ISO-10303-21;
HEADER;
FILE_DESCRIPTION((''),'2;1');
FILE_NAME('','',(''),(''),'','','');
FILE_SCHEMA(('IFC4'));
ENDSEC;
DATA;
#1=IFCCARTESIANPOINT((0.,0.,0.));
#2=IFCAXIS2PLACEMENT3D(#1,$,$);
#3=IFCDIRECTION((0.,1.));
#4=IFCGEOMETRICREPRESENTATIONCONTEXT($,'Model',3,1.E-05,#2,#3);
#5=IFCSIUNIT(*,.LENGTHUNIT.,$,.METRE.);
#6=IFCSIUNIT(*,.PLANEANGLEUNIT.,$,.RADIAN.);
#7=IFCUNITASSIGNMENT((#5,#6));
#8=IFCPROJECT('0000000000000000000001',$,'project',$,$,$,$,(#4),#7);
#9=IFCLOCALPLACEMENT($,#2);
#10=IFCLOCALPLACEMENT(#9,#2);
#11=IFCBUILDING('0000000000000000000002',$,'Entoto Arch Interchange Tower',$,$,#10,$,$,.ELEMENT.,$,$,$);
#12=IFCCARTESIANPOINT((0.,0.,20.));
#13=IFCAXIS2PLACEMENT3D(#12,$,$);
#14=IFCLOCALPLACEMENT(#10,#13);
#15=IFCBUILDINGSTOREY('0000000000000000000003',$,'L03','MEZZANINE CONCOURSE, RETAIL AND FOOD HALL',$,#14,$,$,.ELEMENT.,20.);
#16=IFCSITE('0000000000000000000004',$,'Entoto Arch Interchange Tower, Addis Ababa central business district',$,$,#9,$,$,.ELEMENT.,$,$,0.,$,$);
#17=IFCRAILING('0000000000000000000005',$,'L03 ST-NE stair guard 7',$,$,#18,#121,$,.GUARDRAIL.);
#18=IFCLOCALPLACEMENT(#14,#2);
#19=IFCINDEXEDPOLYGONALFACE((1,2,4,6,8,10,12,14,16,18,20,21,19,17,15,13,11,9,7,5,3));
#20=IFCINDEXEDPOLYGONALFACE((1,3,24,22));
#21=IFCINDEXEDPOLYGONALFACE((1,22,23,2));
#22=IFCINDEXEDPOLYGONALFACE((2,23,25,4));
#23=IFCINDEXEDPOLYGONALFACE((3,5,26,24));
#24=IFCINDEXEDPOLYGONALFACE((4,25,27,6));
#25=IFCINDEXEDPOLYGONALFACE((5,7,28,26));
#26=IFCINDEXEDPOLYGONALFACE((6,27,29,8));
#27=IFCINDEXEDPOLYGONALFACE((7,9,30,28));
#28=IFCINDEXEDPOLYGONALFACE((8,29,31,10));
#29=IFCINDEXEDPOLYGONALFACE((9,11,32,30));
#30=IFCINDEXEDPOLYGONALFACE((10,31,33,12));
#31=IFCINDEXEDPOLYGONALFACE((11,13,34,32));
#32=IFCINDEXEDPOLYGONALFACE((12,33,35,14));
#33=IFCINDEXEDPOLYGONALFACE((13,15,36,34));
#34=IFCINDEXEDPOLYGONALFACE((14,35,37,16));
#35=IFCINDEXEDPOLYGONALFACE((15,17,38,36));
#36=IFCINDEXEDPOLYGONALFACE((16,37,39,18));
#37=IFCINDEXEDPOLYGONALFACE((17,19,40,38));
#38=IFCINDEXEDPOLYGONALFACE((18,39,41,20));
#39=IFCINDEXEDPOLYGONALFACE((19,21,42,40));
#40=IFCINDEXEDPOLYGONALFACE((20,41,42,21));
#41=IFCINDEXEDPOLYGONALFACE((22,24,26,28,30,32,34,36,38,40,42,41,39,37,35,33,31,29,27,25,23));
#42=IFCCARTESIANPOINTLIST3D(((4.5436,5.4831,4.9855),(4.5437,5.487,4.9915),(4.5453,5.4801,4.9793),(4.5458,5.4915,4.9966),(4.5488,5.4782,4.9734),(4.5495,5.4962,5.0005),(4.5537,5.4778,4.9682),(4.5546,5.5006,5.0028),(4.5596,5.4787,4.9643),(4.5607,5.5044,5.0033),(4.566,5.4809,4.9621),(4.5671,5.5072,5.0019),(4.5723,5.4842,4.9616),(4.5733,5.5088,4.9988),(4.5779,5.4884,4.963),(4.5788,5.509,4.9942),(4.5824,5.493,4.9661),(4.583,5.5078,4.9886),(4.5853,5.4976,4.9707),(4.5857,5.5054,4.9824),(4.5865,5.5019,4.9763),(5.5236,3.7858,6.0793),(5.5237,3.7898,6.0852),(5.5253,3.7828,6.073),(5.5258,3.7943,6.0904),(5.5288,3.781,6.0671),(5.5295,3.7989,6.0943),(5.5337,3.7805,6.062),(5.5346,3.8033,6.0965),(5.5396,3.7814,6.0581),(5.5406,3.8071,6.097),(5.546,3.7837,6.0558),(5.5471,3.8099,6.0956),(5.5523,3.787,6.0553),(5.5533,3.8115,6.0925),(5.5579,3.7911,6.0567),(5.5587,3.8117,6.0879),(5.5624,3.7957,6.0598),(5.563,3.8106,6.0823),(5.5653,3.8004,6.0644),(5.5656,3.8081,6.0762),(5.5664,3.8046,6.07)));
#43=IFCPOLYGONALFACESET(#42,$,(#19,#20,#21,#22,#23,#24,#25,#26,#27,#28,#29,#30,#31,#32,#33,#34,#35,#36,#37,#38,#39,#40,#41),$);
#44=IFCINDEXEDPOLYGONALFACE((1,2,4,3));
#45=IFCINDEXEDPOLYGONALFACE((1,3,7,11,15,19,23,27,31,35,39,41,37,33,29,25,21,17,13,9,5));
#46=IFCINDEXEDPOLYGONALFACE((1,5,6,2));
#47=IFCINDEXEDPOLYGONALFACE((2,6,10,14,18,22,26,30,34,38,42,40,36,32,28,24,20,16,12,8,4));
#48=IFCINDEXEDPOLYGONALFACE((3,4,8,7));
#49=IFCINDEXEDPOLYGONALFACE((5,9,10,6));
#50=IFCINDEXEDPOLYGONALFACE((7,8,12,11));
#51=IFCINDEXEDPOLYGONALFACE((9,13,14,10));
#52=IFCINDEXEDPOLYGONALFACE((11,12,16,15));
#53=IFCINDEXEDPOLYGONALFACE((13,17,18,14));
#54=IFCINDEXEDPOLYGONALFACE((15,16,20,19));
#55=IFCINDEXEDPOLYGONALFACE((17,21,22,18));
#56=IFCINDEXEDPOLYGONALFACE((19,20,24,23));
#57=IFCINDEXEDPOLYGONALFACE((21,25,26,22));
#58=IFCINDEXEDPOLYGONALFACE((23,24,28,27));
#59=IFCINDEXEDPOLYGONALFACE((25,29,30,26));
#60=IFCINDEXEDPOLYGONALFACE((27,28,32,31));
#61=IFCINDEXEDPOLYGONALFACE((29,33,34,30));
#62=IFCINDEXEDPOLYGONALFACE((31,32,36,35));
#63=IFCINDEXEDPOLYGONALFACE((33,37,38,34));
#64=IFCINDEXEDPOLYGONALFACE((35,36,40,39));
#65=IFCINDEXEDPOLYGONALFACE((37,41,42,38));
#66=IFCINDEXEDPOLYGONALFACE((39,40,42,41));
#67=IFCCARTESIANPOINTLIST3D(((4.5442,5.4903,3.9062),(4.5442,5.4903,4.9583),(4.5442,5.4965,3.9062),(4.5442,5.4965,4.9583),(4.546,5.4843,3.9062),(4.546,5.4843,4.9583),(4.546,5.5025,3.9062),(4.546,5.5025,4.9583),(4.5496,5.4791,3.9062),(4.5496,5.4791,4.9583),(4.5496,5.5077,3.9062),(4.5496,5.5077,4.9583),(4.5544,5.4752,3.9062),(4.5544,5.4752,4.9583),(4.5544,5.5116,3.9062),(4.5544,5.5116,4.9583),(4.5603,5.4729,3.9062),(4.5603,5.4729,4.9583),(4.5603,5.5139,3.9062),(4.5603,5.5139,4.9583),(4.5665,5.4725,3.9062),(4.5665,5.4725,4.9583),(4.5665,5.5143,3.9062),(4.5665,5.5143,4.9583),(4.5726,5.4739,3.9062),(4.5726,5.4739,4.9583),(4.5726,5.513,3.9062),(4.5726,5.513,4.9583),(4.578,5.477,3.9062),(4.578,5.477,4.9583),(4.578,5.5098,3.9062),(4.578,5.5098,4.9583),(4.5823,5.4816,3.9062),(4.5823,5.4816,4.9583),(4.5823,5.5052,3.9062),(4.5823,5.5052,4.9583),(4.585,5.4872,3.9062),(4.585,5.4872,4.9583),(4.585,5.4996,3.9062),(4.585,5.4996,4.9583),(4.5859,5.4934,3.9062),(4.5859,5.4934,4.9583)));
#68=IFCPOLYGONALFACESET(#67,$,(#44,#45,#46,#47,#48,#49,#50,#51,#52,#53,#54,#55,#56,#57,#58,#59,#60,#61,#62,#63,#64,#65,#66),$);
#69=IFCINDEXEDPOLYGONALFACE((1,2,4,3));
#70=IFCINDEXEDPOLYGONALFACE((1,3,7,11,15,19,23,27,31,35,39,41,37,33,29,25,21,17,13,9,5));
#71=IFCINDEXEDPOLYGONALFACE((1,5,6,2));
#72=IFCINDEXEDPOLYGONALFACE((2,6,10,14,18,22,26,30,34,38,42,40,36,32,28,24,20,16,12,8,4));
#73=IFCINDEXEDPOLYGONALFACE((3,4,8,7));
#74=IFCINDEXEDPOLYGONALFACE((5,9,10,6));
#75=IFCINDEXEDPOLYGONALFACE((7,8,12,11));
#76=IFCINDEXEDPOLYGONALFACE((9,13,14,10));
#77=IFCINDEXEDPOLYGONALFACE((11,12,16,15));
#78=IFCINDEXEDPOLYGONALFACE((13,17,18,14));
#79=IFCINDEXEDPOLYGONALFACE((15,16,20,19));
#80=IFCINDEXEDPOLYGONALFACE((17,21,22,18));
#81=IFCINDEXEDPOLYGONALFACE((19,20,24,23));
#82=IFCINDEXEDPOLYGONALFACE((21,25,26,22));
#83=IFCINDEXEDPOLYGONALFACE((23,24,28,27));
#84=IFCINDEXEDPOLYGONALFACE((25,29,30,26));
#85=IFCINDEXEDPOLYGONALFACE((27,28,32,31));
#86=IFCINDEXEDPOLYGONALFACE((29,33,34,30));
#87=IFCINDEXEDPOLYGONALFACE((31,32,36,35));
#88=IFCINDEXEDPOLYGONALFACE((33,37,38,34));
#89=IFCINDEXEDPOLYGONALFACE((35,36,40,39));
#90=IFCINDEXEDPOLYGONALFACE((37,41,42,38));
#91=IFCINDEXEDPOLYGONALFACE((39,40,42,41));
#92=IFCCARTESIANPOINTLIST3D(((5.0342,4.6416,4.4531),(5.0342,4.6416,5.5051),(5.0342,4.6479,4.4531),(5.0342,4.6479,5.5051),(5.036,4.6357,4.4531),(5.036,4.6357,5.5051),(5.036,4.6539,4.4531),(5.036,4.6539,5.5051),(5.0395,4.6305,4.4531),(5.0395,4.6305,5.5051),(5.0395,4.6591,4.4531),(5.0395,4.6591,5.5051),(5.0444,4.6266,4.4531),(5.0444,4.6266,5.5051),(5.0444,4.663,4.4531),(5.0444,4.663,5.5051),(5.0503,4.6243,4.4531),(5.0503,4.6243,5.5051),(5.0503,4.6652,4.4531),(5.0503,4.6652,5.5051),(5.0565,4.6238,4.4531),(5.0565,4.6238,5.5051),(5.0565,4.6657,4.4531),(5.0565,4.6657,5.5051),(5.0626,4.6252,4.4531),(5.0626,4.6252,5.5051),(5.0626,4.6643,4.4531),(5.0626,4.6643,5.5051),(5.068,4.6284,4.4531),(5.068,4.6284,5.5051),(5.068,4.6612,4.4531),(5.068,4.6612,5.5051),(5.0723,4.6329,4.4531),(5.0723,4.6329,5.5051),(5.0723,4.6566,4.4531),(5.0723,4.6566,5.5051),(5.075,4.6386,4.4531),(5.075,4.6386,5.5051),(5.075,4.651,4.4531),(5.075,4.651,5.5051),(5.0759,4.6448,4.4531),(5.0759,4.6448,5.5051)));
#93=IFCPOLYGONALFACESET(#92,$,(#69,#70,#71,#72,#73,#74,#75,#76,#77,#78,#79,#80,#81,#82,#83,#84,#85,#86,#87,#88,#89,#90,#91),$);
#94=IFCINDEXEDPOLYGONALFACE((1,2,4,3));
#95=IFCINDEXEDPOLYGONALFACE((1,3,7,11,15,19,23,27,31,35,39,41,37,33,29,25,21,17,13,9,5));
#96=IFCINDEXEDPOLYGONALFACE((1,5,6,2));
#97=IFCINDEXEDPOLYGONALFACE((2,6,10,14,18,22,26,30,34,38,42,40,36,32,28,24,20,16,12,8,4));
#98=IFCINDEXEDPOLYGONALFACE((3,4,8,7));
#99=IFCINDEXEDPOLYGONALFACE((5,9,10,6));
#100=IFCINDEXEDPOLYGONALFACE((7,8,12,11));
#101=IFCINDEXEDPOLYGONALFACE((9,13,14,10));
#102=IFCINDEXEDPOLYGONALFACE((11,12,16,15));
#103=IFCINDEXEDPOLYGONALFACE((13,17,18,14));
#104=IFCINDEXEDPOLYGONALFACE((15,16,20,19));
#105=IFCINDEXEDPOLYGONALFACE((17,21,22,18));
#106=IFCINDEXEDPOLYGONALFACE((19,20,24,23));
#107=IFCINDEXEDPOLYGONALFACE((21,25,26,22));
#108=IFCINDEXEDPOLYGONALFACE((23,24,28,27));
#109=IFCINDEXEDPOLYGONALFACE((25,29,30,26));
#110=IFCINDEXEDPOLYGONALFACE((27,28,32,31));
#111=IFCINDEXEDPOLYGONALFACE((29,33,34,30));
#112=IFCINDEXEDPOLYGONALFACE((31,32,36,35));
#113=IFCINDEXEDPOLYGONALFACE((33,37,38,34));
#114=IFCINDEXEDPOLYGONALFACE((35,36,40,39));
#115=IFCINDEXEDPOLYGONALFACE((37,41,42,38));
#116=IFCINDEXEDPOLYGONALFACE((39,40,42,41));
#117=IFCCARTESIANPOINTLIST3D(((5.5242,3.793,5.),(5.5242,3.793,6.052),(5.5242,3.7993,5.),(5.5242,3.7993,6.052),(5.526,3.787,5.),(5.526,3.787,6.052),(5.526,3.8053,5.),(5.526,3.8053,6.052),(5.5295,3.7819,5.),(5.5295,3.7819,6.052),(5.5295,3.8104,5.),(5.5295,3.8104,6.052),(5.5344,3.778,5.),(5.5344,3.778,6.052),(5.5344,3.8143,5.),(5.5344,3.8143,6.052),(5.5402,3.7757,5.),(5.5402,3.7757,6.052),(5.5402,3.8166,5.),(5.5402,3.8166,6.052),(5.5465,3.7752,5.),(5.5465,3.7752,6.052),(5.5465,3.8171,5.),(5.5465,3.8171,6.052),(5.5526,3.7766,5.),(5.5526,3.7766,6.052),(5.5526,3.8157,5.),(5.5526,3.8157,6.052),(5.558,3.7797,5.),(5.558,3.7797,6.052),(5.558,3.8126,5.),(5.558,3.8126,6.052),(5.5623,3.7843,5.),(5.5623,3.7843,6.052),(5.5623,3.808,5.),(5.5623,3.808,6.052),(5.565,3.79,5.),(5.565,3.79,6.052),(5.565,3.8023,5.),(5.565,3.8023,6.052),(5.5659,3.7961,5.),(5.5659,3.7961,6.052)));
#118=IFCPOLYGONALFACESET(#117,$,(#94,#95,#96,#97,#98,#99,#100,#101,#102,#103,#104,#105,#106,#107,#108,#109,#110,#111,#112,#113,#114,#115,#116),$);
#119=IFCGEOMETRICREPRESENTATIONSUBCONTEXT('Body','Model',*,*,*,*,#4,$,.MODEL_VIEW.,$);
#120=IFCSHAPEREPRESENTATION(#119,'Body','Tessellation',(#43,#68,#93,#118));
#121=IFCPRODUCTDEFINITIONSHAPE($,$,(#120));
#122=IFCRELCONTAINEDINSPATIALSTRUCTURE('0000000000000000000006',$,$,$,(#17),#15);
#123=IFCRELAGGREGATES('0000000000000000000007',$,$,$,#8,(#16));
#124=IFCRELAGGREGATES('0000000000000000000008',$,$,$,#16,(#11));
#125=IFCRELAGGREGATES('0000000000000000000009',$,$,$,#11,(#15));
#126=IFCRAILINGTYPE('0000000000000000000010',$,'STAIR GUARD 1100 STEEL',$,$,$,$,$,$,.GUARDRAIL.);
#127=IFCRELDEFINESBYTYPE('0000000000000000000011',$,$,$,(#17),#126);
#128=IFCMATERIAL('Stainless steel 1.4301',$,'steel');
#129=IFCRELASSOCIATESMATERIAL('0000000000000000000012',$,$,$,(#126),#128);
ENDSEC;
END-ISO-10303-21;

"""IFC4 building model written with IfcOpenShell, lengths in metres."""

from ifc_helpers import new_model, si_unit, direction, frame, origin, origin_2d, place, context, subcontext, project, spatial, circle, extrude, material, type_object, element, save


model = new_model("IFC4")

# Units and contexts
model_context = context("Model", 3, precision=1e-05, world=origin(), true_north=direction((0.0, 1.0)))
body_context = subcontext(model_context, "Body", "Model", "MODEL_VIEW")
ifc_project = project(units=[si_unit("LENGTHUNIT", "METRE"), si_unit("PLANEANGLEUNIT", "RADIAN")], contexts=[model_context])

# Site, building, storey
site_placement = place(None, origin())
site = spatial("IfcSite", under=ifc_project, at=site_placement, Name="Entoto Arch Interchange Tower, Addis Ababa central business district", CompositionType="ELEMENT", RefElevation=0.0)
building_placement = place(site_placement, origin())
building = spatial("IfcBuilding", under=site, at=building_placement, Name="Entoto Arch Interchange Tower", CompositionType="ELEMENT")
storey_placement = place(building_placement, frame((0.0, 0.0, 20.0)))
storey = spatial("IfcBuildingStorey", under=building, at=storey_placement, Name="L03", Description="MEZZANINE CONCOURSE, RETAIL AND FOOD HALL", CompositionType="ELEMENT", Elevation=20.0)

# Railing
ifc_material_1 = material(Name="Stainless steel 1.4301", Category="steel")
railing_type_1 = type_object("IfcRailingType", Name="STAIR GUARD 1100 STEEL", PredefinedType="GUARDRAIL", material=ifc_material_1)
railing_1_placement = place(storey_placement, frame((4.5649, 5.4934, 3.9062)))
element("IfcRailing", 1, at=railing_1_placement, inside=storey, type_object=railing_type_1, Name="L03 ST-NE stair guard 7", PredefinedType="GUARDRAIL", context=body_context, shape_type="SweptSolid", body=[
    extrude(circle(Radius=0.0239, at=origin_2d()), frame((0.0, 0.0, 1.0762), z_axis=(0.436632, -0.75622, 0.487323), x_axis=(0.866011, 0.500024, 0.0)), (0.0, 0.0, 1.0), 2.2444),
    extrude(circle(Radius=0.021, at=origin_2d()), origin(), (0.0, 0.0, 1.0), 1.052),
    extrude(circle(Radius=0.021, at=origin_2d()), frame((0.49, -0.8486, 0.5469)), (0.0, 0.0, 1.0), 1.052),
    extrude(circle(Radius=0.021, at=origin_2d()), frame((0.98, -1.6973, 1.0938)), (0.0, 0.0, 1.0), 1.052),
])

save(model, "model.ifc")
